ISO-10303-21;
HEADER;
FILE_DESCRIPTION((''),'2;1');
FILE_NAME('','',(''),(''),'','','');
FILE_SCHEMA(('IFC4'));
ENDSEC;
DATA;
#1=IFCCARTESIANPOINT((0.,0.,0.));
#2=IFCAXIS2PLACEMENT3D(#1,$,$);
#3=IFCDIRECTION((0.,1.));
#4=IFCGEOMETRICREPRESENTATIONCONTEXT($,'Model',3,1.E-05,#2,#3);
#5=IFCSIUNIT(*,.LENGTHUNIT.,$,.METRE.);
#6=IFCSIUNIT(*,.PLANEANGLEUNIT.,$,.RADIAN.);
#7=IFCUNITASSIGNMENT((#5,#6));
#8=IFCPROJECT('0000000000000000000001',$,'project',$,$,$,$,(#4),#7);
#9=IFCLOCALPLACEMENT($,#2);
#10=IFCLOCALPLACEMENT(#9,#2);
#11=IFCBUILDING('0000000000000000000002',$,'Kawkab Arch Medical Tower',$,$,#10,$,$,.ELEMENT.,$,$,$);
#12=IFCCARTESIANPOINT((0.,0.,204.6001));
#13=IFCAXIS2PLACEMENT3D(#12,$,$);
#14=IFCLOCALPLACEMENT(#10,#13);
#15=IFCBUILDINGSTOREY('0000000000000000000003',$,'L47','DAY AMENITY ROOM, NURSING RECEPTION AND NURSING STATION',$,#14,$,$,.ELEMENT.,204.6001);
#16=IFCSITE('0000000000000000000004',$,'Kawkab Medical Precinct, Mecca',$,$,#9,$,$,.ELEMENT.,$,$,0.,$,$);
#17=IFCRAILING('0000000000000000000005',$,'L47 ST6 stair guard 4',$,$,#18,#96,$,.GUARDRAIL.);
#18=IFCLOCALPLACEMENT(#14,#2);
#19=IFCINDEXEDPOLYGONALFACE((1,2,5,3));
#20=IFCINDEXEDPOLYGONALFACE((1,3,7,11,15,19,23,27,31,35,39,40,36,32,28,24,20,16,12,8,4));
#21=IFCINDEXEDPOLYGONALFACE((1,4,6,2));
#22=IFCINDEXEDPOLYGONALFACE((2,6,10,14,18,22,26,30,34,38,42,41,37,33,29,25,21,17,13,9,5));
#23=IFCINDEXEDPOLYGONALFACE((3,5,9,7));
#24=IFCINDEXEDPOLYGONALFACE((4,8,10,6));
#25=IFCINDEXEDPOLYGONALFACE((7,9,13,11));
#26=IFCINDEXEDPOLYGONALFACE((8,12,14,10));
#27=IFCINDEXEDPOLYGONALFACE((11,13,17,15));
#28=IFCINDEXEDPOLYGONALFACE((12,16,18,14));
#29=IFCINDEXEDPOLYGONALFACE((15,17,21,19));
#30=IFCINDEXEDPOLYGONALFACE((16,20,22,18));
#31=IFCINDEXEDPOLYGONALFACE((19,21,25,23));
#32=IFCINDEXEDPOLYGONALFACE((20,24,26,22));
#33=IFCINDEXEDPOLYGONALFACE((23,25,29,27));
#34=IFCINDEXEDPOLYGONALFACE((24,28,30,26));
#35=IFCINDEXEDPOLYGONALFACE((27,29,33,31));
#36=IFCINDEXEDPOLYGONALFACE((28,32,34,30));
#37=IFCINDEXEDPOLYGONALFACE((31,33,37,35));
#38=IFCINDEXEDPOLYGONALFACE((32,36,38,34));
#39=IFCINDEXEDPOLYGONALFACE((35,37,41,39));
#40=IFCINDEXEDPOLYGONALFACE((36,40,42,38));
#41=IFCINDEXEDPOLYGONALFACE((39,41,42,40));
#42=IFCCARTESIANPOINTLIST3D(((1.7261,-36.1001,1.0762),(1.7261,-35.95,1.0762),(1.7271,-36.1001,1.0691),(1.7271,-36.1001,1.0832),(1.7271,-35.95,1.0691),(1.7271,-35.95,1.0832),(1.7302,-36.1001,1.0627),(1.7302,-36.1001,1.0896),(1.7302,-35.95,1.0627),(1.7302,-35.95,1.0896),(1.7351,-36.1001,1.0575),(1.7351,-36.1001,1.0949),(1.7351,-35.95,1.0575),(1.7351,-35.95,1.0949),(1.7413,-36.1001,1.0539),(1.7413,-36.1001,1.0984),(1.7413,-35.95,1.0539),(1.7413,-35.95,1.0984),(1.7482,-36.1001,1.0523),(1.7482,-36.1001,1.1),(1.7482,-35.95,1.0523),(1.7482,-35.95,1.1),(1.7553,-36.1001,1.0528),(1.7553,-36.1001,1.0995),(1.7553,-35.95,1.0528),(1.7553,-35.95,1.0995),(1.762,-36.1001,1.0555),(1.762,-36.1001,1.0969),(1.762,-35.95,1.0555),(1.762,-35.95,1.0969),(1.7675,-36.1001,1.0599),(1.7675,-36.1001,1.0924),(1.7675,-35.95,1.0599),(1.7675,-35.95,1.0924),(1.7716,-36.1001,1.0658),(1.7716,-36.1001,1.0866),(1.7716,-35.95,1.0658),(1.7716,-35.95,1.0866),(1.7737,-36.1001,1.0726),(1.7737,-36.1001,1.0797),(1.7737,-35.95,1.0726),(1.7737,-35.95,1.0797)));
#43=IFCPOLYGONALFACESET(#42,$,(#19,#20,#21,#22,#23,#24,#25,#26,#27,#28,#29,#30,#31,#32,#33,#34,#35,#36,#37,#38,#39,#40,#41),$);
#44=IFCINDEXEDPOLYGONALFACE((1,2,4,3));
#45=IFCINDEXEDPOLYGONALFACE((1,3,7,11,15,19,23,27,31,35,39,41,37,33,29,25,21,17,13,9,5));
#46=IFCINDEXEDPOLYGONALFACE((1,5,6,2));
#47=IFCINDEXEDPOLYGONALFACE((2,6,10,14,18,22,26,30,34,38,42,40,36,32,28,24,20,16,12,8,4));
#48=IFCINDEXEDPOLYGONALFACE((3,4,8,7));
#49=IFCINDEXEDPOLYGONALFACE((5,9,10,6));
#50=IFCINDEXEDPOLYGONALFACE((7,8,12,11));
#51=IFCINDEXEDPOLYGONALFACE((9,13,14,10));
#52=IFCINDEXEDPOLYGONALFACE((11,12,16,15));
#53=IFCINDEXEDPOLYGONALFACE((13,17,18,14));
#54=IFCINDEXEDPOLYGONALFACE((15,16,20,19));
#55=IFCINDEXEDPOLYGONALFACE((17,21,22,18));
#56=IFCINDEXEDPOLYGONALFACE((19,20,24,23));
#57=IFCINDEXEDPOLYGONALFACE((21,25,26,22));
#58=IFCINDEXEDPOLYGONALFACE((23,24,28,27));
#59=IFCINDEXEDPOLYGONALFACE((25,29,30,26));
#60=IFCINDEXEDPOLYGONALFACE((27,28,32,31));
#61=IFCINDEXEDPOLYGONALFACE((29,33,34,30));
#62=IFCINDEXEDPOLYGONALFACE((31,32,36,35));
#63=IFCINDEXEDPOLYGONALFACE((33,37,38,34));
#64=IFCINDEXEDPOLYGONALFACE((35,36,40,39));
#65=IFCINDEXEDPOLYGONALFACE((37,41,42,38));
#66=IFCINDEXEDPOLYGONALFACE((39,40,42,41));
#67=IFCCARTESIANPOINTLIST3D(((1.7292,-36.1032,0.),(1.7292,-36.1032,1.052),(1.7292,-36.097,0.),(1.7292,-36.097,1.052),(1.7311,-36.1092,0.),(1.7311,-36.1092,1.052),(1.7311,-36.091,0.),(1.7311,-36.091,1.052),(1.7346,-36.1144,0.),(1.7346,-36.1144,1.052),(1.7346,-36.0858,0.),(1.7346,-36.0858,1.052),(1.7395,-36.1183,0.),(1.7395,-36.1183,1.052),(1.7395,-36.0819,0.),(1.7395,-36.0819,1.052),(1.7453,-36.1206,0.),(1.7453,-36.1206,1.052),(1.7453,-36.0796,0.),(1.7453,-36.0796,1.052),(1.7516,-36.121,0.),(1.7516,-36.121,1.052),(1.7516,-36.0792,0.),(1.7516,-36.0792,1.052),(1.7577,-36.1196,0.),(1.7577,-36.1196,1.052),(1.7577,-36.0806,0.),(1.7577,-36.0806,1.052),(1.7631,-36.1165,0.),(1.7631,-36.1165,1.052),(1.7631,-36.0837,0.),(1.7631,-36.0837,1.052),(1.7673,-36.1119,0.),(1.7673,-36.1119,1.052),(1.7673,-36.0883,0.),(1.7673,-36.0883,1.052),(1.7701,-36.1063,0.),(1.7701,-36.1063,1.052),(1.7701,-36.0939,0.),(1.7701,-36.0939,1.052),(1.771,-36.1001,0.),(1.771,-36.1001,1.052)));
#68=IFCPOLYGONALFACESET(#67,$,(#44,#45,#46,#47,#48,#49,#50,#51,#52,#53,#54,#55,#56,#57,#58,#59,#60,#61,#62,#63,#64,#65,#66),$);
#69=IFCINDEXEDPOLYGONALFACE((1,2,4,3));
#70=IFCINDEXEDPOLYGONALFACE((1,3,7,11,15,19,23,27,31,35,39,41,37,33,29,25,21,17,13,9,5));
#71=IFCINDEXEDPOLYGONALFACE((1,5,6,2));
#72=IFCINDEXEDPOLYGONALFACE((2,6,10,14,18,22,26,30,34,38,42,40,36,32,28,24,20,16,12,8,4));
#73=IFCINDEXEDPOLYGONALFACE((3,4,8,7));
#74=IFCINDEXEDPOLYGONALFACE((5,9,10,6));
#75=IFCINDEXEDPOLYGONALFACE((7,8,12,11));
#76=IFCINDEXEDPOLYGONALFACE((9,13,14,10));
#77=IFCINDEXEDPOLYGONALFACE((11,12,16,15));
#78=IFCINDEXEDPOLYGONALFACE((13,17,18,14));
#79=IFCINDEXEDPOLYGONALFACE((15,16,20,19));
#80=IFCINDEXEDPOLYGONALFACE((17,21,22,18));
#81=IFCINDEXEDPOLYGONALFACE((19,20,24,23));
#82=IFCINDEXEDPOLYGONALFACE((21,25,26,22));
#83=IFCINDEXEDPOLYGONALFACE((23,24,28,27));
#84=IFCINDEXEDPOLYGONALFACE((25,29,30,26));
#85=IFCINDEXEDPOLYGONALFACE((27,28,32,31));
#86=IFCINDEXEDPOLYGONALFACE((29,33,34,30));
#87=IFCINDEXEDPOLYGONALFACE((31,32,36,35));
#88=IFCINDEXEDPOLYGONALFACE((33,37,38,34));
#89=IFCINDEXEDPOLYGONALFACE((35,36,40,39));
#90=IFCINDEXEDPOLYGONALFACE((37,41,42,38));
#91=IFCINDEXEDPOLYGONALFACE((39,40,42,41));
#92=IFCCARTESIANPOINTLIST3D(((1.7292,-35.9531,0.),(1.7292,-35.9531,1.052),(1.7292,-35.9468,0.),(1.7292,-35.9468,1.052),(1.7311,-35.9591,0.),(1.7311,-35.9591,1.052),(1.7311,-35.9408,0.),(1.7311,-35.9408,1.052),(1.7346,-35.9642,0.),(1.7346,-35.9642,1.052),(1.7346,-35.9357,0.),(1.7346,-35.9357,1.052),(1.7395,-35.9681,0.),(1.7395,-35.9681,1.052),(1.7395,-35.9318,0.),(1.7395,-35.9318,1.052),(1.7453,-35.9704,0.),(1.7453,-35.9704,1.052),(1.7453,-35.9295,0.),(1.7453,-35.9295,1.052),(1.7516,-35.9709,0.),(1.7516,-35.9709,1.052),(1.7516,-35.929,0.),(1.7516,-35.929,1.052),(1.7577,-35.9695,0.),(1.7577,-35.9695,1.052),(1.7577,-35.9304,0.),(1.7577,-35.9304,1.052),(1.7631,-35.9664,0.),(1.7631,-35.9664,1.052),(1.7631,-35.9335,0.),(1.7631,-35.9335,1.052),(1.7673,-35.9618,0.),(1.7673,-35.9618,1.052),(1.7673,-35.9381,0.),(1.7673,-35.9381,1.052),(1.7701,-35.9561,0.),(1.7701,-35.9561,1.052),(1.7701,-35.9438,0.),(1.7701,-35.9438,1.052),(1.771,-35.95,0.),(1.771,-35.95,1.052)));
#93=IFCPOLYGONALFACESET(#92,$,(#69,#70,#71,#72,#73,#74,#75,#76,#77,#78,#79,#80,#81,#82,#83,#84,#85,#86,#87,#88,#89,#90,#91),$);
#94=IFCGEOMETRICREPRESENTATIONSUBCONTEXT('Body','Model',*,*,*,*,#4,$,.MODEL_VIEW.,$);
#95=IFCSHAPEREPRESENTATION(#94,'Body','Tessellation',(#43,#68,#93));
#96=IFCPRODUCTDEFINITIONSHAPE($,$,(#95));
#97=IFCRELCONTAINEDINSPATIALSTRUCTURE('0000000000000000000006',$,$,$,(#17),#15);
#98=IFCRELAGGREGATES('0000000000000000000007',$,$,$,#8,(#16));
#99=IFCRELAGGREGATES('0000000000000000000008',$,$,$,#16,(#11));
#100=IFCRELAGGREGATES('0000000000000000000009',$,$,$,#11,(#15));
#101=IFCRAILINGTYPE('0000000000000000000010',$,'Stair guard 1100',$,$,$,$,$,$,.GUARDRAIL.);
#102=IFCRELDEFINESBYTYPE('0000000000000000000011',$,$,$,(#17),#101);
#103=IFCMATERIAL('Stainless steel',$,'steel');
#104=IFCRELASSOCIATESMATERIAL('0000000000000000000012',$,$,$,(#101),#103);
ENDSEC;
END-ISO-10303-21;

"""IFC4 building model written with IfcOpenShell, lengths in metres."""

from ifc_helpers import new_model, si_unit, direction, frame, origin, origin_2d, place, context, subcontext, project, spatial, circle, extrude, material, type_object, element, save


model = new_model("IFC4")

# Units and contexts
model_context = context("Model", 3, precision=1e-05, world=origin(), true_north=direction((0.0, 1.0)))
body_context = subcontext(model_context, "Body", "Model", "MODEL_VIEW")
ifc_project = project(units=[si_unit("LENGTHUNIT", "METRE"), si_unit("PLANEANGLEUNIT", "RADIAN")], contexts=[model_context])

# Site, building, storey
site_placement = place(None, origin())
site = spatial("IfcSite", under=ifc_project, at=site_placement, Name="Kawkab Medical Precinct, Mecca", CompositionType="ELEMENT", RefElevation=0.0)
building_placement = place(site_placement, origin())
building = spatial("IfcBuilding", under=site, at=building_placement, Name="Kawkab Arch Medical Tower", CompositionType="ELEMENT")
storey_placement = place(building_placement, frame((0.0, 0.0, 204.6001)))
storey = spatial("IfcBuildingStorey", under=building, at=storey_placement, Name="L47", Description="DAY AMENITY ROOM, NURSING RECEPTION AND NURSING STATION", CompositionType="ELEMENT", Elevation=204.6001)

# Railing
ifc_material_1 = material(Name="Stainless steel", Category="steel")
railing_type = type_object("IfcRailingType", Name="Stair guard 1100", PredefinedType="GUARDRAIL", material=ifc_material_1)
railing_1_placement = place(storey_placement, frame((1.75, -36.1001, 0.0)))
element("IfcRailing", 1, at=railing_1_placement, inside=storey, type_object=railing_type, Name="L47 ST6 stair guard 4", PredefinedType="GUARDRAIL", context=body_context, shape_type="SweptSolid", body=[
    extrude(circle(Radius=0.0239, at=origin_2d()), frame((0.0, 0.0, 1.0762), z_axis=(0.0, 1.0, 0.0), x_axis=(-1.0, 0.0, 0.0)), (0.0, 0.0, 1.0), 0.1501),
    extrude(circle(Radius=0.021, at=origin_2d()), origin(), (0.0, 0.0, 1.0), 1.052),
    extrude(circle(Radius=0.021, at=origin_2d()), frame((0.0, 0.1501, 0.0)), (0.0, 0.0, 1.0), 1.052),
])

save(model, "model.ifc")
